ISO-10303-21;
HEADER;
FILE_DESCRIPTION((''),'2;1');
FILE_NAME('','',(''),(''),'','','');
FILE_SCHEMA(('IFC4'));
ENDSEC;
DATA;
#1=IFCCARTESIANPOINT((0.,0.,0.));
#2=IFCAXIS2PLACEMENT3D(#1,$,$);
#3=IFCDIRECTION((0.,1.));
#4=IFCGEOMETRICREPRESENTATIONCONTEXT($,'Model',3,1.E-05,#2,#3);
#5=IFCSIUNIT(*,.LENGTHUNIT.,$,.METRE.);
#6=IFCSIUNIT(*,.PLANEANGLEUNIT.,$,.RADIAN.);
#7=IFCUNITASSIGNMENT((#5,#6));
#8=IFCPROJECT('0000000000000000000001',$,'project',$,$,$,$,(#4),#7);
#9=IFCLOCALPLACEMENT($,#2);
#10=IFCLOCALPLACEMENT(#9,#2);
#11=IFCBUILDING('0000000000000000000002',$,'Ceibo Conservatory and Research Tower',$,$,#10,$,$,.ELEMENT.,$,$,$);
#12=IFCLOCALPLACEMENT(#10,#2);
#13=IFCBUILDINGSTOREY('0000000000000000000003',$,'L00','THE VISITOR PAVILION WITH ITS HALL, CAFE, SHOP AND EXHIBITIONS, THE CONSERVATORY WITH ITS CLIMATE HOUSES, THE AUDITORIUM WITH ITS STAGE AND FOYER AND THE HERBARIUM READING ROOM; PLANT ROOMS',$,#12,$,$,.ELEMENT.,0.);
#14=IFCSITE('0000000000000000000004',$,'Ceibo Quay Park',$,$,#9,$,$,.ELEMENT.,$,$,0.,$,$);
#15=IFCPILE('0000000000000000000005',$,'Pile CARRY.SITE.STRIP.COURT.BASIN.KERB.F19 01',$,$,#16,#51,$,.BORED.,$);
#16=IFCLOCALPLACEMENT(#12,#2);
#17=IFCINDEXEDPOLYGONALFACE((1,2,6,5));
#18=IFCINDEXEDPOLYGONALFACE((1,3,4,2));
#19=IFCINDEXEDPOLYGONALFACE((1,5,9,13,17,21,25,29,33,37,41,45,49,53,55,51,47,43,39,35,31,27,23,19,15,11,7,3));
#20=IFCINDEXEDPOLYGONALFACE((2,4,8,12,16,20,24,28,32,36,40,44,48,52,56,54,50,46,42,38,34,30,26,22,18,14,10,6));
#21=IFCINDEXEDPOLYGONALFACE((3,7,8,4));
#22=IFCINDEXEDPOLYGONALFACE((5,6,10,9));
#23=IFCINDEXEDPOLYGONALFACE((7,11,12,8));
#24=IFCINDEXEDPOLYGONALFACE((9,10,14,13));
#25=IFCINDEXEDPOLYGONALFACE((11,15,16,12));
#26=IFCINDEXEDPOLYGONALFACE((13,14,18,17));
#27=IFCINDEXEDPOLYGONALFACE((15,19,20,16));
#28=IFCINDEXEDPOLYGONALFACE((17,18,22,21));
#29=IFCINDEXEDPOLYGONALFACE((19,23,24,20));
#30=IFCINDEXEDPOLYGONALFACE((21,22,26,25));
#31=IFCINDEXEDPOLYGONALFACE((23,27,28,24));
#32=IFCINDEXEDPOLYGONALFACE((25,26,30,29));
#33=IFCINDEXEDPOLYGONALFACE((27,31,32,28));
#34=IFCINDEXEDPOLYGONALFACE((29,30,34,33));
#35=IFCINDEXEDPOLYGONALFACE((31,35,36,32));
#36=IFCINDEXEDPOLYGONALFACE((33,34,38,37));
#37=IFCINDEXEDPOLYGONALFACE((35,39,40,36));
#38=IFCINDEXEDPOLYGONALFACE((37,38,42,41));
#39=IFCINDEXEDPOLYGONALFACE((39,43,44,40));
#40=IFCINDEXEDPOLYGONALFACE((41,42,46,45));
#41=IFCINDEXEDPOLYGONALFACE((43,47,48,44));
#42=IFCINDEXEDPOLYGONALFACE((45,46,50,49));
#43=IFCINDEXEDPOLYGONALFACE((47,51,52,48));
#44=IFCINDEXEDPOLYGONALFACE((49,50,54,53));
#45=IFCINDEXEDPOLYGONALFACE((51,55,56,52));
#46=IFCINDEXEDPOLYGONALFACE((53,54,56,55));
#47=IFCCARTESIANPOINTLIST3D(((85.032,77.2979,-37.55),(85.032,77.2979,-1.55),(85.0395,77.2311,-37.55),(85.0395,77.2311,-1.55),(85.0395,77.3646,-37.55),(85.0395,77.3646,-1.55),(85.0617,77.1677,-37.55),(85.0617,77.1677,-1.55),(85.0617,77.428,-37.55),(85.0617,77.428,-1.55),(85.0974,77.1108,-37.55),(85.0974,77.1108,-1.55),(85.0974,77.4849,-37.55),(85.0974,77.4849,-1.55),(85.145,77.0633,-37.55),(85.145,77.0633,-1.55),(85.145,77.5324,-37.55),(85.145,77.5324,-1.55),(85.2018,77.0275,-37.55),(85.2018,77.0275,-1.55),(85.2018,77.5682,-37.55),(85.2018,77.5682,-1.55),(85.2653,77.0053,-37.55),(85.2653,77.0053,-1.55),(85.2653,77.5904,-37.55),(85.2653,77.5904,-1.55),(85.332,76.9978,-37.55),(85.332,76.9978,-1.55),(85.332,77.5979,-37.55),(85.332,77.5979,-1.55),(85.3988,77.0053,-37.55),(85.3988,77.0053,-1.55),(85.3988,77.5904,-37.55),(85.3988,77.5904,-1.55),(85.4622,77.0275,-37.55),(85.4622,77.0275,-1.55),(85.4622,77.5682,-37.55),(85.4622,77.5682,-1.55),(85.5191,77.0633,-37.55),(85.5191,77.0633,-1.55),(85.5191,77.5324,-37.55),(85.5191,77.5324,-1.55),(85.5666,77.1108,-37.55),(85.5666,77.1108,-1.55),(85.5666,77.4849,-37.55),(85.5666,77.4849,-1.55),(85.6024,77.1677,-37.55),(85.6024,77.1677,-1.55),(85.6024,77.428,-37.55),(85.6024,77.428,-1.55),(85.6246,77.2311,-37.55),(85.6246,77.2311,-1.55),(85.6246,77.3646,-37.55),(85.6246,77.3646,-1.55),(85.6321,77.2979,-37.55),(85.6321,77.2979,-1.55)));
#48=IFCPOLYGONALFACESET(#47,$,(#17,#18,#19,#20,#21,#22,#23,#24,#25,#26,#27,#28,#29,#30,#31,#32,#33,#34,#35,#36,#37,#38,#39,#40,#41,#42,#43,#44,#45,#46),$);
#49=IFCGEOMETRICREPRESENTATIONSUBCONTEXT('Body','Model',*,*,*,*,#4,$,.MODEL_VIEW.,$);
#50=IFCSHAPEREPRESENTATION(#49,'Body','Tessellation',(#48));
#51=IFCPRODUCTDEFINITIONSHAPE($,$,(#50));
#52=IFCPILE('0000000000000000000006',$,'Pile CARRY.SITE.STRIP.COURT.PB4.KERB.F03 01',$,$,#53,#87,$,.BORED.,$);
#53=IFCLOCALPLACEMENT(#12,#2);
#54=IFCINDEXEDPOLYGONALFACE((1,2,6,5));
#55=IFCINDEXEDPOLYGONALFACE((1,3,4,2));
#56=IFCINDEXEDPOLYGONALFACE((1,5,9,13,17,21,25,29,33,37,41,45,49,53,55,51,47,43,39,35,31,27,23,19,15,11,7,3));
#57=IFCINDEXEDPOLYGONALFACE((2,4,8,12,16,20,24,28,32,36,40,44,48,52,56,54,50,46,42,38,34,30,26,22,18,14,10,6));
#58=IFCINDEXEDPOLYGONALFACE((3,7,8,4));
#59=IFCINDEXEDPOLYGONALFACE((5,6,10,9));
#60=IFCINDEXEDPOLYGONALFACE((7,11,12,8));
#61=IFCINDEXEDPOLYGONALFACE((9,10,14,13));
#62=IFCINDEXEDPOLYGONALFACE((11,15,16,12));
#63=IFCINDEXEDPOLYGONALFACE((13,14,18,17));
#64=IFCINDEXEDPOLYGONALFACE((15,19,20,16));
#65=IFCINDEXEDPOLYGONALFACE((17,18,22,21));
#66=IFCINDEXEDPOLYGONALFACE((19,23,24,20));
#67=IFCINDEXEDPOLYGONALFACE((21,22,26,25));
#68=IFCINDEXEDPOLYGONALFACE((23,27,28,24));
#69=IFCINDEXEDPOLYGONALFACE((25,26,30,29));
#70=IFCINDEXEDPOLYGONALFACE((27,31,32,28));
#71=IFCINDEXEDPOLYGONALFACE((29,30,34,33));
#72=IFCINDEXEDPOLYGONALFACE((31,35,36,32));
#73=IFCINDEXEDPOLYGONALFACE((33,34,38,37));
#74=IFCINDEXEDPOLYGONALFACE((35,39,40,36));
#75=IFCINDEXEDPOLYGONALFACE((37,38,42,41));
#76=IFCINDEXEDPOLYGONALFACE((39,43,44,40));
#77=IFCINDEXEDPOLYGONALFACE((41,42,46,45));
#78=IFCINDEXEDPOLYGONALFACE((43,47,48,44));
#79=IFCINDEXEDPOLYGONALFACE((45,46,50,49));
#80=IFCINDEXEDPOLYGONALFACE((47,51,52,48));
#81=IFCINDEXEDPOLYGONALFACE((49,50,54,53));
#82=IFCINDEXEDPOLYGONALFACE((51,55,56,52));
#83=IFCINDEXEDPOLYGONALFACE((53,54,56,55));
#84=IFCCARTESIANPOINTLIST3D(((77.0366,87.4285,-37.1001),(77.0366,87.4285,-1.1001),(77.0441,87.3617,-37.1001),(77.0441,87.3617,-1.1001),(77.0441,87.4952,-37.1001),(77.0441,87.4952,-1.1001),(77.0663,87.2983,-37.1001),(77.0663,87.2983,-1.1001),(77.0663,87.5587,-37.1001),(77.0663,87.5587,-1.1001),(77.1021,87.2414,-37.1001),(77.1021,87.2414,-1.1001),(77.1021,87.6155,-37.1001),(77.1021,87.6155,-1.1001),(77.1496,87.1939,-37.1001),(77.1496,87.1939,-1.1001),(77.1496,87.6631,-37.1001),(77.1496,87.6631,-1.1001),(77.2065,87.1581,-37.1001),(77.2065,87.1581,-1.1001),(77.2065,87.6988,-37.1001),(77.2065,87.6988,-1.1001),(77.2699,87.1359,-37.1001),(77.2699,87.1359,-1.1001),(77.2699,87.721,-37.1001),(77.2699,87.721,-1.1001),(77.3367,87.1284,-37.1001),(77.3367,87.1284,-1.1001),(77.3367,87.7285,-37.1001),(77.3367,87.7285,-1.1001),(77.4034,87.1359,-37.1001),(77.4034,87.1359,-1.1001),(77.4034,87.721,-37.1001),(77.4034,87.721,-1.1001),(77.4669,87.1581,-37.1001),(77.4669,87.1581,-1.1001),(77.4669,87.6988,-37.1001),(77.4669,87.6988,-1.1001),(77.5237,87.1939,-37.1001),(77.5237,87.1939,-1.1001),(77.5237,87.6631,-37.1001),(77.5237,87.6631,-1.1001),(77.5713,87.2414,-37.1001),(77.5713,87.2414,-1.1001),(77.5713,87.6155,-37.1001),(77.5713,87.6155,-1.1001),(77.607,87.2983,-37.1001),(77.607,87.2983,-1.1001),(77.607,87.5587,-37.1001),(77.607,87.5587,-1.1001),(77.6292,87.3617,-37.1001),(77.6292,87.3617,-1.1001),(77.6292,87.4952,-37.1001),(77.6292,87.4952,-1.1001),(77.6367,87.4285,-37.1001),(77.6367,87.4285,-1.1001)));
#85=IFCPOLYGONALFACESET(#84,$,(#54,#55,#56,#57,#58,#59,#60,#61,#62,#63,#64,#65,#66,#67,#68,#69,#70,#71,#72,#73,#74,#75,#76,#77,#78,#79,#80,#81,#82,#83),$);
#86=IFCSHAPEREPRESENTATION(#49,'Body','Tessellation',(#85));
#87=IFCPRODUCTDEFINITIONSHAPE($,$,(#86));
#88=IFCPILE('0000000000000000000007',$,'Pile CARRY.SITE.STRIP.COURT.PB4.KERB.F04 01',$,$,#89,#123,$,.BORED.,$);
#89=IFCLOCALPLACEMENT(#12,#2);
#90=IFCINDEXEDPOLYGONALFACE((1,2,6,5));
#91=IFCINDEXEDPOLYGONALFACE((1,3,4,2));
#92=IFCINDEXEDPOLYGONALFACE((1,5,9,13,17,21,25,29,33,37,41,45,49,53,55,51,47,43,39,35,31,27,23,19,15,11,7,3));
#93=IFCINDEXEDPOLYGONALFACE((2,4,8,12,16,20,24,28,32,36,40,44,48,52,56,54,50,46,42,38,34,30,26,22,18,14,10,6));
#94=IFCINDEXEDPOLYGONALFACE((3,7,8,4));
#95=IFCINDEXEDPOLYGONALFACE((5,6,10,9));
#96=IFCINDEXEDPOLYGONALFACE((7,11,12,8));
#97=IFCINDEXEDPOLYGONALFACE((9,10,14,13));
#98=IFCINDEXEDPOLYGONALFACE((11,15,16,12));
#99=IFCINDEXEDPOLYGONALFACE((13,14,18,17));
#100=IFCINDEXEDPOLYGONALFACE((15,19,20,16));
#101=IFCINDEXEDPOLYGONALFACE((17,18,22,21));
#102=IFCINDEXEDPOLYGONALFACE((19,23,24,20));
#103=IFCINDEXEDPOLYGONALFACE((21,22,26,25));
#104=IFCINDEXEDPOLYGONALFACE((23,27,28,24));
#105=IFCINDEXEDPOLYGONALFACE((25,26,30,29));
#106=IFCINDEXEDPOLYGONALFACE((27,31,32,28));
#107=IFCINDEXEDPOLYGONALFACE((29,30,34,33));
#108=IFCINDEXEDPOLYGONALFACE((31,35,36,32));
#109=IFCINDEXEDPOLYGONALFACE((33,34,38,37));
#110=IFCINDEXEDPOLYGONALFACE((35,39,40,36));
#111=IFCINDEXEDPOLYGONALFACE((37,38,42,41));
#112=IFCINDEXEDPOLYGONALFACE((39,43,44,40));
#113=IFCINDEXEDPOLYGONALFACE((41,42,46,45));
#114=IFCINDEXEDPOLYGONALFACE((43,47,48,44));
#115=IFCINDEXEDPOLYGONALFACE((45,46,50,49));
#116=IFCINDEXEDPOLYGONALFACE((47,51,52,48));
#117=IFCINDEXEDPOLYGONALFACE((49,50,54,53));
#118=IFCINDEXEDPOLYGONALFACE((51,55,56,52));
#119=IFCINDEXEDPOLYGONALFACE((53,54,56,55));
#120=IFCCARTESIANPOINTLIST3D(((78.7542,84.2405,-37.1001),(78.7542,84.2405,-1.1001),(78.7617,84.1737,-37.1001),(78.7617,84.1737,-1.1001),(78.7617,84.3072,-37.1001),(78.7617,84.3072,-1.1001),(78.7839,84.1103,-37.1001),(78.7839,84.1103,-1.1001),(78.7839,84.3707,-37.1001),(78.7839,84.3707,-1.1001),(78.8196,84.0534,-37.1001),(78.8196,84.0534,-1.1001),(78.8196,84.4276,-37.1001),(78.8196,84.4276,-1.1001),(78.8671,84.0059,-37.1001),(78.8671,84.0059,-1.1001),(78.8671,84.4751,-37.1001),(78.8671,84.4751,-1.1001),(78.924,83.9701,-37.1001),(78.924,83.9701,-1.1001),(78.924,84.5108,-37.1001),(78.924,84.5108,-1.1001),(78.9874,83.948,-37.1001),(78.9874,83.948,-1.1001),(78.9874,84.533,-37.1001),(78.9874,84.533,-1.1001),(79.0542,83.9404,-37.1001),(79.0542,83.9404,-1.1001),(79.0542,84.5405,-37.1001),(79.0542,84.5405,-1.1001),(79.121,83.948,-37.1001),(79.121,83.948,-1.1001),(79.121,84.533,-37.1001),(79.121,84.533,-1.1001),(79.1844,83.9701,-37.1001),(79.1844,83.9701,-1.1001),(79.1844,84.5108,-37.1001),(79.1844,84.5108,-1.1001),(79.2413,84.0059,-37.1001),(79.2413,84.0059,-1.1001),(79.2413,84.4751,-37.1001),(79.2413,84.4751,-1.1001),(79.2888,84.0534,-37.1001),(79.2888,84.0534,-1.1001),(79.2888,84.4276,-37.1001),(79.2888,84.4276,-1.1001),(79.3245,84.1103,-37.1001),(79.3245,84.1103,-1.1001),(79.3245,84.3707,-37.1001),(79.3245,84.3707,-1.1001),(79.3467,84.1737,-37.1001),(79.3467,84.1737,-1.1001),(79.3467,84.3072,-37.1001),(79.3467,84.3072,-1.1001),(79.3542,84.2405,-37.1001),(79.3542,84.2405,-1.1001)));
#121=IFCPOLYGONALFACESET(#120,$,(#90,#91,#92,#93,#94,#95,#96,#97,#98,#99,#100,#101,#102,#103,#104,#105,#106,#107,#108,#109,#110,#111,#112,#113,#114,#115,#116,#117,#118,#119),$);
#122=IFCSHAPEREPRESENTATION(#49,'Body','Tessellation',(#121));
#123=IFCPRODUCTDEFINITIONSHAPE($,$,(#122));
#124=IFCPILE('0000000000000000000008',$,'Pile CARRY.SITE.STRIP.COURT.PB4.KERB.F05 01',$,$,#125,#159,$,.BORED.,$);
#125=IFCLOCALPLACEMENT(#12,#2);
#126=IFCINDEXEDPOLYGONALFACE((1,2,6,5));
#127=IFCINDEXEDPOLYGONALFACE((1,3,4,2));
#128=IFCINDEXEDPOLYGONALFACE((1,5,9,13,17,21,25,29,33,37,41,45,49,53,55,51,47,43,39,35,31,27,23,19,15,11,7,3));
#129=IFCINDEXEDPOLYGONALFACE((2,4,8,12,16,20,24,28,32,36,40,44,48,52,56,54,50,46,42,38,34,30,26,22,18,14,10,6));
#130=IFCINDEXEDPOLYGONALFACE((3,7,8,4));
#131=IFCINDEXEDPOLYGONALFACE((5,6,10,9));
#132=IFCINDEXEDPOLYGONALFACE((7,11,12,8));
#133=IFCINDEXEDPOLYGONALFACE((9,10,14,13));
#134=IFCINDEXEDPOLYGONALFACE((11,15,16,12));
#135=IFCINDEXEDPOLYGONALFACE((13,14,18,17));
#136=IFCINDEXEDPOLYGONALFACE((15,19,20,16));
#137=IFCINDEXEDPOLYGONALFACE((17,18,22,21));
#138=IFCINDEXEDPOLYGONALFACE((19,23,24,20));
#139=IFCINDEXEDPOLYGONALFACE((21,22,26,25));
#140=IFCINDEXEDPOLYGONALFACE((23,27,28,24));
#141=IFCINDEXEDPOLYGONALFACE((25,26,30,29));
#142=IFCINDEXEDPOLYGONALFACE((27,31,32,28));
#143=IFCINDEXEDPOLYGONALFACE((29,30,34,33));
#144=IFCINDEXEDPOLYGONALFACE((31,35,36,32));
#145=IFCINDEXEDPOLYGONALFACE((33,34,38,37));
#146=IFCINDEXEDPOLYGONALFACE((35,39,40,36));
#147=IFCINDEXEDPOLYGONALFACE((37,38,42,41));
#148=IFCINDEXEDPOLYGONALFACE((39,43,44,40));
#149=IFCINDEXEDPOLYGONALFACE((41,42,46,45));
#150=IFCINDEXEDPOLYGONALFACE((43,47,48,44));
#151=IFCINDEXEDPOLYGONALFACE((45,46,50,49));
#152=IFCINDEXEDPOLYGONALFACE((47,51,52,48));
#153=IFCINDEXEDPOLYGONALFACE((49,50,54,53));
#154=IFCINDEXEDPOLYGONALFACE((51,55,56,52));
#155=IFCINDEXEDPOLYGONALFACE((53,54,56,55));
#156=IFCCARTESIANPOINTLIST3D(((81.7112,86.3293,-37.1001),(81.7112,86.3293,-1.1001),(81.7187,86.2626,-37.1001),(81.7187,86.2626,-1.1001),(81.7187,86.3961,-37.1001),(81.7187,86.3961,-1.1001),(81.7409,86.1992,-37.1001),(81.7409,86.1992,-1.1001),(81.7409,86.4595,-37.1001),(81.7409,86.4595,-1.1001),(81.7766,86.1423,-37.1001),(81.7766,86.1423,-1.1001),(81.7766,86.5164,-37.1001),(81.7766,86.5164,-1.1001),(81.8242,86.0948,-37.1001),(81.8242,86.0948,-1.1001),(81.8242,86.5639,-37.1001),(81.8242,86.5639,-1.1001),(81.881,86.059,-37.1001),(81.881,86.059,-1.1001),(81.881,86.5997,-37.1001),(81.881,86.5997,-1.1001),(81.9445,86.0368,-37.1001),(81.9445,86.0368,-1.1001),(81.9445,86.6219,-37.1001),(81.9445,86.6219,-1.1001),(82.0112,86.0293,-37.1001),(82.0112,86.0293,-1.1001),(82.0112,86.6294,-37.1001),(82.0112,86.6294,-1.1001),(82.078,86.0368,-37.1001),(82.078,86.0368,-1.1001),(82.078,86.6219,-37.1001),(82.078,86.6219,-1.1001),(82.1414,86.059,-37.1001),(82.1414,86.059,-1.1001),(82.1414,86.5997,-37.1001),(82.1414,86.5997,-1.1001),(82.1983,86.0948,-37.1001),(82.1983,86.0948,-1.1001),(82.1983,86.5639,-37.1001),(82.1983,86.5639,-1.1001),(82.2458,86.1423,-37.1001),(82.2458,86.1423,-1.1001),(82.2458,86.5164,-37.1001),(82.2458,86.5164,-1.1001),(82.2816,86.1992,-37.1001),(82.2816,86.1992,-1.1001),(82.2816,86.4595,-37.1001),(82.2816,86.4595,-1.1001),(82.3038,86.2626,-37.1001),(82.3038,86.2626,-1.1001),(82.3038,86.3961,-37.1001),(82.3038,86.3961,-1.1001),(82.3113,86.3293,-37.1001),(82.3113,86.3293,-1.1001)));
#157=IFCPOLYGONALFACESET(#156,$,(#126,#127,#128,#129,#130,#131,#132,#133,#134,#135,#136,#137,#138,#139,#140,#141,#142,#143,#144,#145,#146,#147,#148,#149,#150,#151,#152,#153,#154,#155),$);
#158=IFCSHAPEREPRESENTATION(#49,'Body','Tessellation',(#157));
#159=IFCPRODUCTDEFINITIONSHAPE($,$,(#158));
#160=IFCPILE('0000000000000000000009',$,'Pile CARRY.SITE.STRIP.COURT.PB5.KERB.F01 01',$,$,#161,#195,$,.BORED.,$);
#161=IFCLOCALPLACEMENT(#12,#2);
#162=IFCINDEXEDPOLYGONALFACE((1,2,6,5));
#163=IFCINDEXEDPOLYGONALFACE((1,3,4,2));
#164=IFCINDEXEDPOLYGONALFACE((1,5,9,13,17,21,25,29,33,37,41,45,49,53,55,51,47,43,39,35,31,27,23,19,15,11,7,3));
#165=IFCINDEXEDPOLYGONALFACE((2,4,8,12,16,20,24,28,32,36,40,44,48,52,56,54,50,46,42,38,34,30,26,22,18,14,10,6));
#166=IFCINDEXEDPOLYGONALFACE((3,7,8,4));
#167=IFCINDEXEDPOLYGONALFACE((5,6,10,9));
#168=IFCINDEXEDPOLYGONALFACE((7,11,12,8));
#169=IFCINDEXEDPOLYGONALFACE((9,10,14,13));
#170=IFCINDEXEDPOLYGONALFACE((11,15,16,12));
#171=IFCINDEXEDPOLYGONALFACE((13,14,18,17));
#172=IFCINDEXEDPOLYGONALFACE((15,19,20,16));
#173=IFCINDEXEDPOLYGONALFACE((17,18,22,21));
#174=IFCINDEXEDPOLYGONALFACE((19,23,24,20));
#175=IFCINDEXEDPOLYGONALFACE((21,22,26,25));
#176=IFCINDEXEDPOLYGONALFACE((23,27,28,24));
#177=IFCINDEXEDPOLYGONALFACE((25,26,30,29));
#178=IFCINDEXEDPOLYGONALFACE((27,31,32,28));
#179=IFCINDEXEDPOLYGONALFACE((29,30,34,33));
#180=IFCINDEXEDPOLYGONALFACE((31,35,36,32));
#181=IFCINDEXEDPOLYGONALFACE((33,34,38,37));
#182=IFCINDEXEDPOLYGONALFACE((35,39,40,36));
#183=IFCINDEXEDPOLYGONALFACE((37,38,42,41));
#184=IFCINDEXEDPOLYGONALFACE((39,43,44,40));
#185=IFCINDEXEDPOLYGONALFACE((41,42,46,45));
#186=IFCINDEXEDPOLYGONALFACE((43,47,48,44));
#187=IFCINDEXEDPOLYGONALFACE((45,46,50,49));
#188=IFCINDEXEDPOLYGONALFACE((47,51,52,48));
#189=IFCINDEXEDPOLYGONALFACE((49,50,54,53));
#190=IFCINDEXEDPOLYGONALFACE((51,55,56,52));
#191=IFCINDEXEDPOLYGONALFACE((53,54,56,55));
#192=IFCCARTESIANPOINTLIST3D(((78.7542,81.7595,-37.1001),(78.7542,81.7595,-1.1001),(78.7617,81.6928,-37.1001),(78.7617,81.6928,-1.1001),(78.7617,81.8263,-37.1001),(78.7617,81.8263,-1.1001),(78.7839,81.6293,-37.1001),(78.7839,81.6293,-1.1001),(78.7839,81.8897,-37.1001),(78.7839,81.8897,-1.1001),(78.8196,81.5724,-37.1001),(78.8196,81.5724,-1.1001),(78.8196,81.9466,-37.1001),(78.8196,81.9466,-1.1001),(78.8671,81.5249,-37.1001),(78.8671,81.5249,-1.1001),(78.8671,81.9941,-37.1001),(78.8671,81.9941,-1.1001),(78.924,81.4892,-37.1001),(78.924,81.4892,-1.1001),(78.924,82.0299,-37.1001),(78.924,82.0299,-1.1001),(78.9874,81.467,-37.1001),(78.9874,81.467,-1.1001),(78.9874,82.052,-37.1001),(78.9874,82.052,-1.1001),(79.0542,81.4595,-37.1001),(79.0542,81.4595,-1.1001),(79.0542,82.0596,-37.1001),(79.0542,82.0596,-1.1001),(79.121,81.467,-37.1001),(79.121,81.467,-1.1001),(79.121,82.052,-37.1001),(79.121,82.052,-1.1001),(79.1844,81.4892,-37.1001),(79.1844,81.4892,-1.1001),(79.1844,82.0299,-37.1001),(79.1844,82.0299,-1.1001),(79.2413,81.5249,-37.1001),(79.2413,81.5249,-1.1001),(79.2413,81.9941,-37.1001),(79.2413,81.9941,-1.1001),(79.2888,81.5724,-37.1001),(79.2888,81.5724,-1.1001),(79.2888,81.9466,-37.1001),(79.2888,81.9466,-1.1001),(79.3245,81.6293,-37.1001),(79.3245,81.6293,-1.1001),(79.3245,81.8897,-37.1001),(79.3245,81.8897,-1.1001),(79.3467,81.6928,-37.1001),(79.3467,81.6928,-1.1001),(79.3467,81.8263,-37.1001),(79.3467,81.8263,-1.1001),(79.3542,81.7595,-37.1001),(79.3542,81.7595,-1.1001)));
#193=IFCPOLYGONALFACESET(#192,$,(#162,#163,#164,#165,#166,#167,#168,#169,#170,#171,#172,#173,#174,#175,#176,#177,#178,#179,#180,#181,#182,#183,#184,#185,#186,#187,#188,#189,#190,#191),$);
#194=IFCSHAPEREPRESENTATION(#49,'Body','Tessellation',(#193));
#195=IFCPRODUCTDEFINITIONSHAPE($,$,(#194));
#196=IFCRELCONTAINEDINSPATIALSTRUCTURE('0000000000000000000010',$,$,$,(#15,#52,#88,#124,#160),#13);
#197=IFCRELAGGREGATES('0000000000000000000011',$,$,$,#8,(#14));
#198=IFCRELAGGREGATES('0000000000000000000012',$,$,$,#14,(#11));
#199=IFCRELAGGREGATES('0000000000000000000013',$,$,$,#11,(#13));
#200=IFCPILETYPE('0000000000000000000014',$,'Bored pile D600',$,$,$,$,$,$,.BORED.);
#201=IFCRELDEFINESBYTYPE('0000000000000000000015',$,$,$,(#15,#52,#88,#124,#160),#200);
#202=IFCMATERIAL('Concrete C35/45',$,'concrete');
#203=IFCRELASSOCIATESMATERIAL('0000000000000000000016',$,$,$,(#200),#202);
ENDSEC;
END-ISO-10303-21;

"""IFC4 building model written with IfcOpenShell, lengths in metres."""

from ifc_helpers import new_model, si_unit, direction, frame, origin, origin_2d, place, context, subcontext, project, spatial, circle, extrude, material, material_profile, profile_set, type_object, element, save


model = new_model("IFC4")

# Units and contexts
model_context = context("Model", 3, precision=1e-05, world=origin(), true_north=direction((0.0, 1.0)))
body_context = subcontext(model_context, "Body", "Model", "MODEL_VIEW")
ifc_project = project(units=[si_unit("LENGTHUNIT", "METRE"), si_unit("PLANEANGLEUNIT", "RADIAN")], contexts=[model_context])

# Site, building, storey
site_placement = place(None, origin())
site = spatial("IfcSite", under=ifc_project, at=site_placement, Name="Ceibo Quay Park", CompositionType="ELEMENT", RefElevation=0.0)
building_placement = place(site_placement, origin())
building = spatial("IfcBuilding", under=site, at=building_placement, Name="Ceibo Conservatory and Research Tower", CompositionType="ELEMENT")
storey_placement = place(building_placement, origin())
storey = spatial("IfcBuildingStorey", under=building, at=storey_placement, Name="L00", Description="THE VISITOR PAVILION WITH ITS HALL, CAFE, SHOP AND EXHIBITIONS, THE CONSERVATORY WITH ITS CLIMATE HOUSES, THE AUDITORIUM WITH ITS STAGE AND FOYER AND THE HERBARIUM READING ROOM; PLANT ROOMS", CompositionType="ELEMENT", Elevation=0.0)

# Piles
ifc_material_1 = material(Name="Concrete C35/45", Category="concrete")
ifc_material_profile_1 = material_profile(ifc_material_1, circle(Radius=0.3, at=origin_2d()), Name="RC D600")
ifc_profile_set_1 = profile_set([ifc_material_profile_1], Name="Concrete C35/45")
pile_type = type_object("IfcPileType", Name="Bored pile D600", PredefinedType="BORED", material=ifc_profile_set_1)
for number, where, z_axis, x_axis, name in (
    (1, (85.332, 77.2979, -1.55), (0.0, 0.0, -1.0), (1.0, 0.0, 0.0), "Pile CARRY.SITE.STRIP.COURT.BASIN.KERB.F19 01"),
    (2, (77.3367, 87.4285, -1.1001), (0.0, 0.0, -1.0), (1.0, 0.0, 0.0), "Pile CARRY.SITE.STRIP.COURT.PB4.KERB.F03 01"),
    (3, (79.0542, 84.2405, -1.1001), (0.0, 0.0, -1.0), (1.0, 0.0, 0.0), "Pile CARRY.SITE.STRIP.COURT.PB4.KERB.F04 01"),
    (4, (82.0112, 86.3293, -1.1001), (0.0, 0.0, -1.0), (1.0, 0.0, 0.0), "Pile CARRY.SITE.STRIP.COURT.PB4.KERB.F05 01"),
    (5, (79.0542, 81.7595, -1.1001), (0.0, 0.0, -1.0), (1.0, 0.0, 0.0), "Pile CARRY.SITE.STRIP.COURT.PB5.KERB.F01 01"),
):
    element("IfcPile", number, at=place(storey_placement, frame(where, z_axis=z_axis, x_axis=x_axis)), inside=storey, type_object=pile_type, Name=name, PredefinedType="BORED", context=body_context, shape_type="SweptSolid", body=[
        extrude(circle(Radius=0.3, at=origin_2d()), origin(), (0.0, 0.0, 1.0), 36.0),
    ])

save(model, "model.ifc")
